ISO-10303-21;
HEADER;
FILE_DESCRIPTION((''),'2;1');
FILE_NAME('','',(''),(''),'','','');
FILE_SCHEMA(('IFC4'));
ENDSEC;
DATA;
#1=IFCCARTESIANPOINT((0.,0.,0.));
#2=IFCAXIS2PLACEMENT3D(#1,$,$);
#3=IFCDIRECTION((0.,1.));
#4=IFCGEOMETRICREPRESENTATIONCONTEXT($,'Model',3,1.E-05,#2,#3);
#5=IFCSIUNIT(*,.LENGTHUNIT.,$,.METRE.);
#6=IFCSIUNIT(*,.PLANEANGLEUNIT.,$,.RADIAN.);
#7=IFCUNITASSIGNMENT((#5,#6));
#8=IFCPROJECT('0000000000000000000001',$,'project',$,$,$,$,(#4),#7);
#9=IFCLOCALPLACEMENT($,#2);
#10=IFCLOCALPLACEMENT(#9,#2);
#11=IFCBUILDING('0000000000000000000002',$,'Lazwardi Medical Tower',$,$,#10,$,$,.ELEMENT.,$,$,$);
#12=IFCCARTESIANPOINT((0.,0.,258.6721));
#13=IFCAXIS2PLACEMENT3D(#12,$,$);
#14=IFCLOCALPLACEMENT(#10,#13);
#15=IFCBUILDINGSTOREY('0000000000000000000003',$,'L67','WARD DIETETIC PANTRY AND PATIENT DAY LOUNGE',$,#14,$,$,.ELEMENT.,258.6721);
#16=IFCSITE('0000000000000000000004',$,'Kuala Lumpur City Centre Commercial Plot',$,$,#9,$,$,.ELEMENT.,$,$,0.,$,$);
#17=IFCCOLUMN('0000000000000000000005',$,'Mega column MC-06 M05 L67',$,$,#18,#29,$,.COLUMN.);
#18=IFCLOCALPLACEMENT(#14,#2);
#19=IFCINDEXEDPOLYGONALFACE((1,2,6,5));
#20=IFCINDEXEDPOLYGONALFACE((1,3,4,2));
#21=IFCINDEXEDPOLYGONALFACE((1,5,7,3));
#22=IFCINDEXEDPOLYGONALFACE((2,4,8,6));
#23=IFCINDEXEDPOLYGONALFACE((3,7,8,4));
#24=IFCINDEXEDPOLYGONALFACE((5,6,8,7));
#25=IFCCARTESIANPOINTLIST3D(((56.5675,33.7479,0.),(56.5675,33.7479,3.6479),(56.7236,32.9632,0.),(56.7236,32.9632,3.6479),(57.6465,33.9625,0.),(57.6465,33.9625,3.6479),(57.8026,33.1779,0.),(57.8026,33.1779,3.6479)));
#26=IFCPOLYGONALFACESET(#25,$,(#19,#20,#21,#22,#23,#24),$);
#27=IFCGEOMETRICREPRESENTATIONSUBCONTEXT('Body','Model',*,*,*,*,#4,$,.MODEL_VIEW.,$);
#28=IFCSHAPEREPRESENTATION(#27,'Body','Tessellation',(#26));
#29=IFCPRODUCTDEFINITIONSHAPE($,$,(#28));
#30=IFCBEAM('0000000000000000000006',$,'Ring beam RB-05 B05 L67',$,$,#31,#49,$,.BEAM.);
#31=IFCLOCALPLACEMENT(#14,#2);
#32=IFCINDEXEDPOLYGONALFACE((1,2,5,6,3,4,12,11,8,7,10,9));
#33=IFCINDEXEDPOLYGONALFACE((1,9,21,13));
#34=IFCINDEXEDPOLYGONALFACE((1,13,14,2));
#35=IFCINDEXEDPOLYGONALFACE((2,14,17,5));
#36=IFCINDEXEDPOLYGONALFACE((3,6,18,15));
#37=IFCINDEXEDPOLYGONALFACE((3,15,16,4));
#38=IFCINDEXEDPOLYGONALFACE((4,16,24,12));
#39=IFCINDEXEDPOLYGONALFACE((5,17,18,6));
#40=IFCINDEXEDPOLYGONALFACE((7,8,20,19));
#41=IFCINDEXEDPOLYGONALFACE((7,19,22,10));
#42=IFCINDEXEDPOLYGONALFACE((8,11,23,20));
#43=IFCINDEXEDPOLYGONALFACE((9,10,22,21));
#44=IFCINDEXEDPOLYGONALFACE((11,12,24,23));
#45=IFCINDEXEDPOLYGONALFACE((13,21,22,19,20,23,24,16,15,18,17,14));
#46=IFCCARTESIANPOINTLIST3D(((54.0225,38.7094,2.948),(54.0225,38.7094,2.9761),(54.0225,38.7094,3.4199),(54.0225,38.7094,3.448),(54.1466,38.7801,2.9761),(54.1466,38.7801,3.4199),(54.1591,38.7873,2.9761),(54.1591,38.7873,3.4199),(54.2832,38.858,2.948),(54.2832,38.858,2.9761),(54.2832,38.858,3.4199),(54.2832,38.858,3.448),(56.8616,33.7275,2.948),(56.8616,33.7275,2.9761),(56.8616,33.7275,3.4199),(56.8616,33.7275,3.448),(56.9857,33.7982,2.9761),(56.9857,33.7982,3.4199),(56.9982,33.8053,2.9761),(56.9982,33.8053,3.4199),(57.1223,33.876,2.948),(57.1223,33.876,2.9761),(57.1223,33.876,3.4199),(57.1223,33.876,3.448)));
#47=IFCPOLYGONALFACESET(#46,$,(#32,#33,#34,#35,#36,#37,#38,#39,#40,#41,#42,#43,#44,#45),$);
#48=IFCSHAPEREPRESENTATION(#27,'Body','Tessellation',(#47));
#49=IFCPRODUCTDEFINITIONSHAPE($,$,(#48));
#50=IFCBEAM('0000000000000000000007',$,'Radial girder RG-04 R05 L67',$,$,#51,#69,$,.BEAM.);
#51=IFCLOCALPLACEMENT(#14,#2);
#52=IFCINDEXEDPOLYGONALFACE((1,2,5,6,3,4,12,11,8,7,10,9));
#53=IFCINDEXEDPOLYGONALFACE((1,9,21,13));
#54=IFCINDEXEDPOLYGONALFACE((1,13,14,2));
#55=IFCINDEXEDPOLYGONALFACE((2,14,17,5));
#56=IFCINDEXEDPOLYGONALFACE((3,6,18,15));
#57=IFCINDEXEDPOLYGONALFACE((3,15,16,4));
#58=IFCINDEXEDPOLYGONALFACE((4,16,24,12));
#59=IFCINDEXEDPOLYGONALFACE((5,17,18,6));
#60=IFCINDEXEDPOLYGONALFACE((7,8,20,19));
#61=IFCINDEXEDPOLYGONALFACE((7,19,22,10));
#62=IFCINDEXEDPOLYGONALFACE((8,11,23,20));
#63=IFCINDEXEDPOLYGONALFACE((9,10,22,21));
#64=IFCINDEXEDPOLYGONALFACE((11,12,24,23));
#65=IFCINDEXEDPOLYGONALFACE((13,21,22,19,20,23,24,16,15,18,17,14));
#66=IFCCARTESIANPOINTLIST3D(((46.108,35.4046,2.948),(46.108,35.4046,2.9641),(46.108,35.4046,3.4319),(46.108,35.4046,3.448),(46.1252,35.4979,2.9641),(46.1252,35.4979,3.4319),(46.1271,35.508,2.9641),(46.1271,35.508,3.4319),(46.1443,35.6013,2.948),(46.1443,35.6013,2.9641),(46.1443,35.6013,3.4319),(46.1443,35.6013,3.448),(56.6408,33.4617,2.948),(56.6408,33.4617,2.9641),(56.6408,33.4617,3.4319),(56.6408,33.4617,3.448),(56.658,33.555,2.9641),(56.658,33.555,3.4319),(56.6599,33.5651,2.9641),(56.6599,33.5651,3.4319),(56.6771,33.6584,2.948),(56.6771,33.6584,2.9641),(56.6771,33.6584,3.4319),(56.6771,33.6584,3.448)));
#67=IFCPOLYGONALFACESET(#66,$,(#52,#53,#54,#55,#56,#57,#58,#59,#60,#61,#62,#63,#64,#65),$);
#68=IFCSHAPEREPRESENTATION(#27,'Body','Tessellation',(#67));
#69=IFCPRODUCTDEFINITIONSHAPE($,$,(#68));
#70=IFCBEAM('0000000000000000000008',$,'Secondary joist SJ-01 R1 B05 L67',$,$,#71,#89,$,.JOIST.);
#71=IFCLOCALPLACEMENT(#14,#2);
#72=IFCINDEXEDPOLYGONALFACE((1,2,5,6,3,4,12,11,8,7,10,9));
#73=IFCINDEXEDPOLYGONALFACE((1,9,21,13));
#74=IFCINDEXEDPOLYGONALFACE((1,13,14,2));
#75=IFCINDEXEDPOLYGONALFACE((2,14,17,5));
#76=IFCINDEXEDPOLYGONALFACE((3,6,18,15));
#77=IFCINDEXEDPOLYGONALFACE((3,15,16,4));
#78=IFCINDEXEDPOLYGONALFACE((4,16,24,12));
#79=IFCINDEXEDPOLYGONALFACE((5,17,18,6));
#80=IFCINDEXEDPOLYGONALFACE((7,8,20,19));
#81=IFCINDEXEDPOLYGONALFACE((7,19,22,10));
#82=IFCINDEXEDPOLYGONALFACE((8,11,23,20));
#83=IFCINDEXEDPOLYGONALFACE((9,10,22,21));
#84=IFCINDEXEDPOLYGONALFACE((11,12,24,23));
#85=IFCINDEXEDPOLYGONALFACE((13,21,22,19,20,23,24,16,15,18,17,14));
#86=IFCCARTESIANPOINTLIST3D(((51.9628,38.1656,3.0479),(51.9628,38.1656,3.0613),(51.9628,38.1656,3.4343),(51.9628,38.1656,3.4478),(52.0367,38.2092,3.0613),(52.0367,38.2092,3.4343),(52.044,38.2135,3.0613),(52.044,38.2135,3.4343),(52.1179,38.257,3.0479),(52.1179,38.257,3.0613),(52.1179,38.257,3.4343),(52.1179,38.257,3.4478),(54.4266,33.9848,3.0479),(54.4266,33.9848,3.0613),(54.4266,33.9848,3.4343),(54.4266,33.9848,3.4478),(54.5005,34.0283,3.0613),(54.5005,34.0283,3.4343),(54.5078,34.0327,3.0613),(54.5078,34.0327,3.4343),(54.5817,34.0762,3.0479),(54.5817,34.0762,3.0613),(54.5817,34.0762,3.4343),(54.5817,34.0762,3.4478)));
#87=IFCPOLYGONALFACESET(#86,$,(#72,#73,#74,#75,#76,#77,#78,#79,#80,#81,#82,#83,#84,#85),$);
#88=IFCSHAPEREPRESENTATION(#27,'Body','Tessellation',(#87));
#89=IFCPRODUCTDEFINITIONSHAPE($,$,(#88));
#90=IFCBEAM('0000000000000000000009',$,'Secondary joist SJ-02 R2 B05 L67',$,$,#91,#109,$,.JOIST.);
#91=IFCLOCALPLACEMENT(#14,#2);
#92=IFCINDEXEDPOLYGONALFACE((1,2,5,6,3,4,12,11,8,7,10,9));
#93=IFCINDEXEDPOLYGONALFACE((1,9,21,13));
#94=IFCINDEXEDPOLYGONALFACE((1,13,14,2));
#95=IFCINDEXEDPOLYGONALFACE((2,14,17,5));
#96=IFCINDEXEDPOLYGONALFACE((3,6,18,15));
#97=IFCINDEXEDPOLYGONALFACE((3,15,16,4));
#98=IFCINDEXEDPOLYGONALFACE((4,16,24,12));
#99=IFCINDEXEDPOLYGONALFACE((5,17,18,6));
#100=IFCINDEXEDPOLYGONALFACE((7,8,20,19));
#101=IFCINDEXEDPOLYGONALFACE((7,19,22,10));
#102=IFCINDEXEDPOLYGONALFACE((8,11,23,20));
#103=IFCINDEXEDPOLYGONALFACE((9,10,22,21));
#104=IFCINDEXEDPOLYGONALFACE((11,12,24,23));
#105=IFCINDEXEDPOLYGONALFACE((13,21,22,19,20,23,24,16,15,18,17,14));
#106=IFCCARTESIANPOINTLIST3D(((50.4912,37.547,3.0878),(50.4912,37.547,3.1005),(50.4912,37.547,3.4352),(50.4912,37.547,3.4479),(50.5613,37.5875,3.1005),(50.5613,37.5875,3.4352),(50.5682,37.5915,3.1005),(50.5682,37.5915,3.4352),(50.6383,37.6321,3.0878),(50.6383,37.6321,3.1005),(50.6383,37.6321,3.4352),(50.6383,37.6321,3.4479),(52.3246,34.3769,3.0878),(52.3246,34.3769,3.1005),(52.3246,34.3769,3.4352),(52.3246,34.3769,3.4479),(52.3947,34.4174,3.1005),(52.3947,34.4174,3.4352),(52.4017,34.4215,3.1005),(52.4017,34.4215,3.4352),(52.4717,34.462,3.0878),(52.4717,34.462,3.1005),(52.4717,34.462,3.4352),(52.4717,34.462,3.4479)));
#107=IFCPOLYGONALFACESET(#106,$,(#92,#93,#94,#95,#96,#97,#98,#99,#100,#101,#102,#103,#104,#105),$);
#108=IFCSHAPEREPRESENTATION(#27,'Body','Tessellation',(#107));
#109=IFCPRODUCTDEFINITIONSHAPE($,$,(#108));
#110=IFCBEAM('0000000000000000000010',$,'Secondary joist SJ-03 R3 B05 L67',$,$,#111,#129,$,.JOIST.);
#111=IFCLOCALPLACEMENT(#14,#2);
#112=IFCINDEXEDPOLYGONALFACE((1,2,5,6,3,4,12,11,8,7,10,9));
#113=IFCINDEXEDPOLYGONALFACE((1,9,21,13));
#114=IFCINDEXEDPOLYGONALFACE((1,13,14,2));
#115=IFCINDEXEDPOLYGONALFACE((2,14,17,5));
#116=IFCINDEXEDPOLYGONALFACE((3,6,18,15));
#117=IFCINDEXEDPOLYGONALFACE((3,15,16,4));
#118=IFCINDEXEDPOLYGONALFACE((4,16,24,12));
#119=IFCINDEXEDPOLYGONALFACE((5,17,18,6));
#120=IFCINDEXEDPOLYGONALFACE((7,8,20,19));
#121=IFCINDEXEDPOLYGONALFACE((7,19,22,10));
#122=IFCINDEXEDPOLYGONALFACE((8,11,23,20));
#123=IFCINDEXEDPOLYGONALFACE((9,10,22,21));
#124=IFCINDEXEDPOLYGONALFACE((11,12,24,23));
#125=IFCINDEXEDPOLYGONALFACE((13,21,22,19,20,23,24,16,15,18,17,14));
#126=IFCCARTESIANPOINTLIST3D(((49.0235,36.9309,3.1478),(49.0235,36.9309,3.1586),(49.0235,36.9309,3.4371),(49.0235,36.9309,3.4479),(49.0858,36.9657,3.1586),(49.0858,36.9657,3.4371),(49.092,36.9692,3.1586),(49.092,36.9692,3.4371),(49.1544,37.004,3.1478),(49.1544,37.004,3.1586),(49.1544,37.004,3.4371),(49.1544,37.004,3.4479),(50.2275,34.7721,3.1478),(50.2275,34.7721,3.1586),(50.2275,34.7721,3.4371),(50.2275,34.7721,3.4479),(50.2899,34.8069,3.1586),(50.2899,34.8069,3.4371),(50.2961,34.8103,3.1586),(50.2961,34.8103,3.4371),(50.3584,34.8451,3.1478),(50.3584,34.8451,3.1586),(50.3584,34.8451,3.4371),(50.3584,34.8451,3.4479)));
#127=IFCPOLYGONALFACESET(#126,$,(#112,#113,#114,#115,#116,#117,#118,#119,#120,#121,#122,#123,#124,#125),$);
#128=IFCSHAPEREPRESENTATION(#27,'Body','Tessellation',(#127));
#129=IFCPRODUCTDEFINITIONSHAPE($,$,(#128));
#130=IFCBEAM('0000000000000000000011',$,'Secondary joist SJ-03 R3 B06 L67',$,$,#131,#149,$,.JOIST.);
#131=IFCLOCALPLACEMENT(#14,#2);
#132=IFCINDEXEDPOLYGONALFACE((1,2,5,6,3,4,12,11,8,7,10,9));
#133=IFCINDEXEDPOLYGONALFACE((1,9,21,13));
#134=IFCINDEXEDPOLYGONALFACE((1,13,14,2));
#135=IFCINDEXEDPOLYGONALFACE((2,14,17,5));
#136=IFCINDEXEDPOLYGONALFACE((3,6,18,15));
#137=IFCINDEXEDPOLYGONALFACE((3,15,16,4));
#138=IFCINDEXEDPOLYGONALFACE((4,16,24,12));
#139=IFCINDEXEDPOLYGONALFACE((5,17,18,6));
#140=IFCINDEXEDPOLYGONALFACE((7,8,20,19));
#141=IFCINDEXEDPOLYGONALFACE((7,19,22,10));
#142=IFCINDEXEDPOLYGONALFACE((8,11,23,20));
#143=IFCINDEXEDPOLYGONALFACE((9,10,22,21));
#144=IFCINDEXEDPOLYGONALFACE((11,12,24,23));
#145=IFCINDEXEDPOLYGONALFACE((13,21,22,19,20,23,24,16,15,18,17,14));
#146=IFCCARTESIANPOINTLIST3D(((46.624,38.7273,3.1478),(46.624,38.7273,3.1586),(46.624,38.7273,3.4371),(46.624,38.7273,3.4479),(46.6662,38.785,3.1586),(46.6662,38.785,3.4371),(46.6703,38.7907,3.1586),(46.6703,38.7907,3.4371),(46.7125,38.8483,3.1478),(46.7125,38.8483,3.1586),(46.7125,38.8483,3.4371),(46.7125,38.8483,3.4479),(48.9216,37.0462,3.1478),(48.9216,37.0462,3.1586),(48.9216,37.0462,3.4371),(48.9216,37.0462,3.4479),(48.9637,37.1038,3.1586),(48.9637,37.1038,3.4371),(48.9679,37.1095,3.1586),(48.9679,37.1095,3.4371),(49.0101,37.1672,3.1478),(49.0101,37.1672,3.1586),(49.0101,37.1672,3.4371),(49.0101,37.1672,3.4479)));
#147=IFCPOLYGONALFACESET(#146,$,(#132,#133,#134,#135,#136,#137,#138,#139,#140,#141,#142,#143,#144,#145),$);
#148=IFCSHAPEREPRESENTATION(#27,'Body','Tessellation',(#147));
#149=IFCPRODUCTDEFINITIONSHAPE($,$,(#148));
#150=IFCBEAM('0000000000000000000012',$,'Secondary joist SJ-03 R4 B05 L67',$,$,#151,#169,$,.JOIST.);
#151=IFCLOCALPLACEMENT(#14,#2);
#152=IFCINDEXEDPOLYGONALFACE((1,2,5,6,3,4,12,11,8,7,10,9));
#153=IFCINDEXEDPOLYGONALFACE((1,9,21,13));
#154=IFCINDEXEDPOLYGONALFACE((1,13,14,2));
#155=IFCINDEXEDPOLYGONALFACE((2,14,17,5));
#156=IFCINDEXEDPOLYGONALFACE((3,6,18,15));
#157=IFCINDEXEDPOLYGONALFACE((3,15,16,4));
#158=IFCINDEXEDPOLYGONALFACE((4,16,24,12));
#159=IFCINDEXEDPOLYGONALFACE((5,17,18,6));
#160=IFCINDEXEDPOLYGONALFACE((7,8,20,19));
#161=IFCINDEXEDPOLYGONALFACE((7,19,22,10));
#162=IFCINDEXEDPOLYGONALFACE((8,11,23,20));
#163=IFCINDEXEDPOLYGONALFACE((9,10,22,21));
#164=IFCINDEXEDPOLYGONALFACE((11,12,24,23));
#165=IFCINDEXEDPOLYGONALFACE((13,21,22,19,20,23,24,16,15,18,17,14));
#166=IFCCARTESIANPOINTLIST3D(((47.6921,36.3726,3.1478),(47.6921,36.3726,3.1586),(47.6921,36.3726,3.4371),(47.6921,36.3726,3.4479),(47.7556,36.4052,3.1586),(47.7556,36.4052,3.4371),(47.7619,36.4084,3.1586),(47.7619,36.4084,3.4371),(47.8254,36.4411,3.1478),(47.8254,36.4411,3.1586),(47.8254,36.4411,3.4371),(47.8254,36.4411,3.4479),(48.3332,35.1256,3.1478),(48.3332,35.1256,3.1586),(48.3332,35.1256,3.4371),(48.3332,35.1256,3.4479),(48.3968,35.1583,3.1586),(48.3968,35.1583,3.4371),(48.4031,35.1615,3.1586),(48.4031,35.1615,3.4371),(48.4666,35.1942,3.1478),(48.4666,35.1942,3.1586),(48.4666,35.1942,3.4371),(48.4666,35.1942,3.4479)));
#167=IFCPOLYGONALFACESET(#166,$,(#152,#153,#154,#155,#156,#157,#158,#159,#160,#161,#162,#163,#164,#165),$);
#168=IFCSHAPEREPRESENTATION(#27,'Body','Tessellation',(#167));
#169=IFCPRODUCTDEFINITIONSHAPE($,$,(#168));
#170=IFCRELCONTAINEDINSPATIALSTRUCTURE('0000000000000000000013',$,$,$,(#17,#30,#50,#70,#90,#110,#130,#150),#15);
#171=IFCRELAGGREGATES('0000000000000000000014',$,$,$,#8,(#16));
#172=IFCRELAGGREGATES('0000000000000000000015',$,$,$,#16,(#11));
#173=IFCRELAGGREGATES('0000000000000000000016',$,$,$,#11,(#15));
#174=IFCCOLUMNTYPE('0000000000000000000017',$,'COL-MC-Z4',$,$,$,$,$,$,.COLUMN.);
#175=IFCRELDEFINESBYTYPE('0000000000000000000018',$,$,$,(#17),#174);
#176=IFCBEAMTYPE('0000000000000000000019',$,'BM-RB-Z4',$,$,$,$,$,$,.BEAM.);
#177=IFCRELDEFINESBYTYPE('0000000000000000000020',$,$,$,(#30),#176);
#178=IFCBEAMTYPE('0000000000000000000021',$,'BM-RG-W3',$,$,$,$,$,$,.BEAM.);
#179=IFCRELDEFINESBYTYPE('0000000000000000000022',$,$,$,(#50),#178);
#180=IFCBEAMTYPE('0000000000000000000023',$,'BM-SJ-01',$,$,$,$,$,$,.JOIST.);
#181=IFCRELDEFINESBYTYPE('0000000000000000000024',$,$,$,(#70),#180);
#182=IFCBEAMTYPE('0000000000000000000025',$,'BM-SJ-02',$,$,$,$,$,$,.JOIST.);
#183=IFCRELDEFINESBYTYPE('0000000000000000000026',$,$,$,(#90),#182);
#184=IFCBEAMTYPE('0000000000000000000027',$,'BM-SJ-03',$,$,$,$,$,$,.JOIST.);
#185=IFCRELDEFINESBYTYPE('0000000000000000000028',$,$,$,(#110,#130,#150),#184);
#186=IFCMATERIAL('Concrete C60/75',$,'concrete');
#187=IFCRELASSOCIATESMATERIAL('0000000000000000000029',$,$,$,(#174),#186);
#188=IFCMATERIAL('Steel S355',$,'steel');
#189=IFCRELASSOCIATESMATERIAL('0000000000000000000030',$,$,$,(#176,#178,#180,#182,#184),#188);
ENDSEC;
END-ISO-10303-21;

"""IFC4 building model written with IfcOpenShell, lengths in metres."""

from ifc_helpers import new_model, si_unit, direction, frame, origin, origin_2d, place, context, subcontext, project, spatial, rectangle, i_section, extrude, material, material_profile, profile_set, type_object, element, save


model = new_model("IFC4")

# Units and contexts
model_context = context("Model", 3, precision=1e-05, world=origin(), true_north=direction((0.0, 1.0)))
body_context = subcontext(model_context, "Body", "Model", "MODEL_VIEW")
ifc_project = project(units=[si_unit("LENGTHUNIT", "METRE"), si_unit("PLANEANGLEUNIT", "RADIAN")], contexts=[model_context])

# Site, building, storey
site_placement = place(None, origin())
site = spatial("IfcSite", under=ifc_project, at=site_placement, Name="Kuala Lumpur City Centre Commercial Plot", CompositionType="ELEMENT", RefElevation=0.0)
building_placement = place(site_placement, origin())
building = spatial("IfcBuilding", under=site, at=building_placement, Name="Lazwardi Medical Tower", CompositionType="ELEMENT")
storey_placement = place(building_placement, frame((0.0, 0.0, 258.6721)))
storey = spatial("IfcBuildingStorey", under=building, at=storey_placement, Name="L67", Description="WARD DIETETIC PANTRY AND PATIENT DAY LOUNGE", CompositionType="ELEMENT", Elevation=258.6721)

# Column
ifc_material_1 = material(Name="Concrete C60/75", Category="concrete")
ifc_material_profile_1 = material_profile(ifc_material_1, rectangle(XDim=1.1001, YDim=0.8, at=origin_2d()), Name="CFT-RECT 1100x800")
ifc_profile_set_1 = profile_set([ifc_material_profile_1], Name="Concrete C60/75")
column_type = type_object("IfcColumnType", Name="COL-MC-Z4", PredefinedType="COLUMN", material=ifc_profile_set_1)
column_placement = place(storey_placement, frame((57.1851, 33.4629, 0.0), z_axis=(0.0, 0.0, 1.0), x_axis=(0.980785, 0.19509, 0.0)))
element("IfcColumn", 1, at=column_placement, inside=storey, type_object=column_type, Name="Mega column MC-06 M05 L67", PredefinedType="COLUMN", context=body_context, shape_type="SweptSolid", body=[
    extrude(rectangle(XDim=1.1001, YDim=0.8, at=origin_2d()), origin(), (0.0, 0.0, 1.0), 3.6479),
])

# Beams
ifc_material_2 = material(Name="Steel S355", Category="steel")
ifc_material_profile_2 = material_profile(ifc_material_2, i_section(OverallWidth=0.3, OverallDepth=0.5, WebThickness=0.0144, FlangeThickness=0.0281, at=origin_2d()), Name="HEB 500")
ifc_profile_set_2 = profile_set([ifc_material_profile_2], Name="Steel S355")
beam_type_1 = type_object("IfcBeamType", Name="BM-RB-Z4", PredefinedType="BEAM", material=ifc_profile_set_2)
beam_1_placement = place(storey_placement, frame((56.9919, 33.8018, 3.198), z_axis=(-0.495125, 0.868822, 0.0), x_axis=(-0.868822, -0.495125, 0.0)))
element("IfcBeam", 2, at=beam_1_placement, inside=storey, type_object=beam_type_1, Name="Ring beam RB-05 B05 L67", PredefinedType="BEAM", context=body_context, shape_type="SweptSolid", body=[
    extrude(i_section(OverallWidth=0.3, OverallDepth=0.5, WebThickness=0.0144, FlangeThickness=0.0281, at=origin_2d()), origin(), (0.0, 0.0, 1.0), 5.7341),
])
ifc_material_profile_3 = material_profile(ifc_material_2, i_section(OverallWidth=0.2, OverallDepth=0.5, WebThickness=0.0103, FlangeThickness=0.0161, at=origin_2d()), Name="IPE 500")
ifc_profile_set_3 = profile_set([ifc_material_profile_3], Name="Steel S355")
beam_type_2 = type_object("IfcBeamType", Name="BM-RG-W3", PredefinedType="BEAM", material=ifc_profile_set_3)
beam_2_placement = place(storey_placement, frame((56.6589, 33.5601, 3.198), z_axis=(-0.983409, 0.1814, 0.0), x_axis=(-0.1814, -0.983409, 0.0)))
element("IfcBeam", 3, at=beam_2_placement, inside=storey, type_object=beam_type_2, Name="Radial girder RG-04 R05 L67", PredefinedType="BEAM", context=body_context, shape_type="SweptSolid", body=[
    extrude(i_section(OverallWidth=0.2, OverallDepth=0.5, WebThickness=0.0103, FlangeThickness=0.0161, at=origin_2d()), origin(), (0.0, 0.0, 1.0), 10.7104),
])
ifc_material_profile_4 = material_profile(ifc_material_2, i_section(OverallWidth=0.1799, OverallDepth=0.3999, WebThickness=0.0085, FlangeThickness=0.0134, at=origin_2d()), Name="IPE 400")
ifc_profile_set_4 = profile_set([ifc_material_profile_4], Name="Steel S355")
beam_type_3 = type_object("IfcBeamType", Name="BM-SJ-01", PredefinedType="JOIST", material=ifc_profile_set_4)
beam_3_placement = place(storey_placement, frame((54.5042, 34.0305, 3.2478), z_axis=(-0.50771, 0.861528, 0.0), x_axis=(-0.861528, -0.50771, 0.0)))
element("IfcBeam", 4, at=beam_3_placement, inside=storey, type_object=beam_type_3, Name="Secondary joist SJ-01 R1 B05 L67", PredefinedType="JOIST", context=body_context, shape_type="SweptSolid", body=[
    extrude(i_section(OverallWidth=0.1799, OverallDepth=0.3999, WebThickness=0.0085, FlangeThickness=0.0134, at=origin_2d()), origin(), (0.0, 0.0, 1.0), 4.8528),
])
ifc_material_profile_5 = material_profile(ifc_material_2, i_section(OverallWidth=0.1699, OverallDepth=0.3601, WebThickness=0.0081, FlangeThickness=0.0127, at=origin_2d()), Name="IPE 360")
ifc_profile_set_5 = profile_set([ifc_material_profile_5], Name="Steel S355")
beam_type_4 = type_object("IfcBeamType", Name="BM-SJ-02", PredefinedType="JOIST", material=ifc_profile_set_5)
beam_4_placement = place(storey_placement, frame((52.3982, 34.4194, 3.2678), z_axis=(-0.500655, 0.865647, 0.0), x_axis=(-0.865647, -0.500655, 0.0)))
element("IfcBeam", 5, at=beam_4_placement, inside=storey, type_object=beam_type_4, Name="Secondary joist SJ-02 R2 B05 L67", PredefinedType="JOIST", context=body_context, shape_type="SweptSolid", body=[
    extrude(i_section(OverallWidth=0.1699, OverallDepth=0.3601, WebThickness=0.0081, FlangeThickness=0.0127, at=origin_2d()), origin(), (0.0, 0.0, 1.0), 3.6621),
])
ifc_material_profile_6 = material_profile(ifc_material_2, i_section(OverallWidth=0.1499, OverallDepth=0.3, WebThickness=0.0071, FlangeThickness=0.0107, at=origin_2d()), Name="IPE 300")
ifc_profile_set_6 = profile_set([ifc_material_profile_6], Name="Steel S355")
beam_type_5 = type_object("IfcBeamType", Name="BM-SJ-03", PredefinedType="JOIST", material=ifc_profile_set_6)
beam_5_placement = place(storey_placement, frame((50.293, 34.8086, 3.2979), z_axis=(-0.487093, 0.87335, 0.0), x_axis=(-0.87335, -0.487093, 0.0)))
element("IfcBeam", 6, at=beam_5_placement, inside=storey, type_object=beam_type_5, Name="Secondary joist SJ-03 R3 B05 L67", PredefinedType="JOIST", context=body_context, shape_type="SweptSolid", body=[
    extrude(i_section(OverallWidth=0.1499, OverallDepth=0.3, WebThickness=0.0071, FlangeThickness=0.0107, at=origin_2d()), origin(), (0.0, 0.0, 1.0), 2.4719),
])
beam_6_placement = place(storey_placement, frame((48.9658, 37.1067, 3.2979), z_axis=(-0.807034, 0.590505, 0.0), x_axis=(-0.590505, -0.807034, 0.0)))
element("IfcBeam", 7, at=beam_6_placement, inside=storey, type_object=beam_type_5, Name="Secondary joist SJ-03 R3 B06 L67", PredefinedType="JOIST", context=body_context, shape_type="SweptSolid", body=[
    extrude(i_section(OverallWidth=0.1499, OverallDepth=0.3, WebThickness=0.0071, FlangeThickness=0.0107, at=origin_2d()), origin(), (0.0, 0.0, 1.0), 2.8469),
])
beam_7_placement = place(storey_placement, frame((48.3999, 35.1599, 3.2979), z_axis=(-0.457285, 0.88932, 0.0), x_axis=(-0.88932, -0.457285, 0.0)))
element("IfcBeam", 8, at=beam_7_placement, inside=storey, type_object=beam_type_5, Name="Secondary joist SJ-03 R4 B05 L67", PredefinedType="JOIST", context=body_context, shape_type="SweptSolid", body=[
    extrude(i_section(OverallWidth=0.1499, OverallDepth=0.3, WebThickness=0.0071, FlangeThickness=0.0107, at=origin_2d()), origin(), (0.0, 0.0, 1.0), 1.4021),
])

save(model, "model.ifc")
